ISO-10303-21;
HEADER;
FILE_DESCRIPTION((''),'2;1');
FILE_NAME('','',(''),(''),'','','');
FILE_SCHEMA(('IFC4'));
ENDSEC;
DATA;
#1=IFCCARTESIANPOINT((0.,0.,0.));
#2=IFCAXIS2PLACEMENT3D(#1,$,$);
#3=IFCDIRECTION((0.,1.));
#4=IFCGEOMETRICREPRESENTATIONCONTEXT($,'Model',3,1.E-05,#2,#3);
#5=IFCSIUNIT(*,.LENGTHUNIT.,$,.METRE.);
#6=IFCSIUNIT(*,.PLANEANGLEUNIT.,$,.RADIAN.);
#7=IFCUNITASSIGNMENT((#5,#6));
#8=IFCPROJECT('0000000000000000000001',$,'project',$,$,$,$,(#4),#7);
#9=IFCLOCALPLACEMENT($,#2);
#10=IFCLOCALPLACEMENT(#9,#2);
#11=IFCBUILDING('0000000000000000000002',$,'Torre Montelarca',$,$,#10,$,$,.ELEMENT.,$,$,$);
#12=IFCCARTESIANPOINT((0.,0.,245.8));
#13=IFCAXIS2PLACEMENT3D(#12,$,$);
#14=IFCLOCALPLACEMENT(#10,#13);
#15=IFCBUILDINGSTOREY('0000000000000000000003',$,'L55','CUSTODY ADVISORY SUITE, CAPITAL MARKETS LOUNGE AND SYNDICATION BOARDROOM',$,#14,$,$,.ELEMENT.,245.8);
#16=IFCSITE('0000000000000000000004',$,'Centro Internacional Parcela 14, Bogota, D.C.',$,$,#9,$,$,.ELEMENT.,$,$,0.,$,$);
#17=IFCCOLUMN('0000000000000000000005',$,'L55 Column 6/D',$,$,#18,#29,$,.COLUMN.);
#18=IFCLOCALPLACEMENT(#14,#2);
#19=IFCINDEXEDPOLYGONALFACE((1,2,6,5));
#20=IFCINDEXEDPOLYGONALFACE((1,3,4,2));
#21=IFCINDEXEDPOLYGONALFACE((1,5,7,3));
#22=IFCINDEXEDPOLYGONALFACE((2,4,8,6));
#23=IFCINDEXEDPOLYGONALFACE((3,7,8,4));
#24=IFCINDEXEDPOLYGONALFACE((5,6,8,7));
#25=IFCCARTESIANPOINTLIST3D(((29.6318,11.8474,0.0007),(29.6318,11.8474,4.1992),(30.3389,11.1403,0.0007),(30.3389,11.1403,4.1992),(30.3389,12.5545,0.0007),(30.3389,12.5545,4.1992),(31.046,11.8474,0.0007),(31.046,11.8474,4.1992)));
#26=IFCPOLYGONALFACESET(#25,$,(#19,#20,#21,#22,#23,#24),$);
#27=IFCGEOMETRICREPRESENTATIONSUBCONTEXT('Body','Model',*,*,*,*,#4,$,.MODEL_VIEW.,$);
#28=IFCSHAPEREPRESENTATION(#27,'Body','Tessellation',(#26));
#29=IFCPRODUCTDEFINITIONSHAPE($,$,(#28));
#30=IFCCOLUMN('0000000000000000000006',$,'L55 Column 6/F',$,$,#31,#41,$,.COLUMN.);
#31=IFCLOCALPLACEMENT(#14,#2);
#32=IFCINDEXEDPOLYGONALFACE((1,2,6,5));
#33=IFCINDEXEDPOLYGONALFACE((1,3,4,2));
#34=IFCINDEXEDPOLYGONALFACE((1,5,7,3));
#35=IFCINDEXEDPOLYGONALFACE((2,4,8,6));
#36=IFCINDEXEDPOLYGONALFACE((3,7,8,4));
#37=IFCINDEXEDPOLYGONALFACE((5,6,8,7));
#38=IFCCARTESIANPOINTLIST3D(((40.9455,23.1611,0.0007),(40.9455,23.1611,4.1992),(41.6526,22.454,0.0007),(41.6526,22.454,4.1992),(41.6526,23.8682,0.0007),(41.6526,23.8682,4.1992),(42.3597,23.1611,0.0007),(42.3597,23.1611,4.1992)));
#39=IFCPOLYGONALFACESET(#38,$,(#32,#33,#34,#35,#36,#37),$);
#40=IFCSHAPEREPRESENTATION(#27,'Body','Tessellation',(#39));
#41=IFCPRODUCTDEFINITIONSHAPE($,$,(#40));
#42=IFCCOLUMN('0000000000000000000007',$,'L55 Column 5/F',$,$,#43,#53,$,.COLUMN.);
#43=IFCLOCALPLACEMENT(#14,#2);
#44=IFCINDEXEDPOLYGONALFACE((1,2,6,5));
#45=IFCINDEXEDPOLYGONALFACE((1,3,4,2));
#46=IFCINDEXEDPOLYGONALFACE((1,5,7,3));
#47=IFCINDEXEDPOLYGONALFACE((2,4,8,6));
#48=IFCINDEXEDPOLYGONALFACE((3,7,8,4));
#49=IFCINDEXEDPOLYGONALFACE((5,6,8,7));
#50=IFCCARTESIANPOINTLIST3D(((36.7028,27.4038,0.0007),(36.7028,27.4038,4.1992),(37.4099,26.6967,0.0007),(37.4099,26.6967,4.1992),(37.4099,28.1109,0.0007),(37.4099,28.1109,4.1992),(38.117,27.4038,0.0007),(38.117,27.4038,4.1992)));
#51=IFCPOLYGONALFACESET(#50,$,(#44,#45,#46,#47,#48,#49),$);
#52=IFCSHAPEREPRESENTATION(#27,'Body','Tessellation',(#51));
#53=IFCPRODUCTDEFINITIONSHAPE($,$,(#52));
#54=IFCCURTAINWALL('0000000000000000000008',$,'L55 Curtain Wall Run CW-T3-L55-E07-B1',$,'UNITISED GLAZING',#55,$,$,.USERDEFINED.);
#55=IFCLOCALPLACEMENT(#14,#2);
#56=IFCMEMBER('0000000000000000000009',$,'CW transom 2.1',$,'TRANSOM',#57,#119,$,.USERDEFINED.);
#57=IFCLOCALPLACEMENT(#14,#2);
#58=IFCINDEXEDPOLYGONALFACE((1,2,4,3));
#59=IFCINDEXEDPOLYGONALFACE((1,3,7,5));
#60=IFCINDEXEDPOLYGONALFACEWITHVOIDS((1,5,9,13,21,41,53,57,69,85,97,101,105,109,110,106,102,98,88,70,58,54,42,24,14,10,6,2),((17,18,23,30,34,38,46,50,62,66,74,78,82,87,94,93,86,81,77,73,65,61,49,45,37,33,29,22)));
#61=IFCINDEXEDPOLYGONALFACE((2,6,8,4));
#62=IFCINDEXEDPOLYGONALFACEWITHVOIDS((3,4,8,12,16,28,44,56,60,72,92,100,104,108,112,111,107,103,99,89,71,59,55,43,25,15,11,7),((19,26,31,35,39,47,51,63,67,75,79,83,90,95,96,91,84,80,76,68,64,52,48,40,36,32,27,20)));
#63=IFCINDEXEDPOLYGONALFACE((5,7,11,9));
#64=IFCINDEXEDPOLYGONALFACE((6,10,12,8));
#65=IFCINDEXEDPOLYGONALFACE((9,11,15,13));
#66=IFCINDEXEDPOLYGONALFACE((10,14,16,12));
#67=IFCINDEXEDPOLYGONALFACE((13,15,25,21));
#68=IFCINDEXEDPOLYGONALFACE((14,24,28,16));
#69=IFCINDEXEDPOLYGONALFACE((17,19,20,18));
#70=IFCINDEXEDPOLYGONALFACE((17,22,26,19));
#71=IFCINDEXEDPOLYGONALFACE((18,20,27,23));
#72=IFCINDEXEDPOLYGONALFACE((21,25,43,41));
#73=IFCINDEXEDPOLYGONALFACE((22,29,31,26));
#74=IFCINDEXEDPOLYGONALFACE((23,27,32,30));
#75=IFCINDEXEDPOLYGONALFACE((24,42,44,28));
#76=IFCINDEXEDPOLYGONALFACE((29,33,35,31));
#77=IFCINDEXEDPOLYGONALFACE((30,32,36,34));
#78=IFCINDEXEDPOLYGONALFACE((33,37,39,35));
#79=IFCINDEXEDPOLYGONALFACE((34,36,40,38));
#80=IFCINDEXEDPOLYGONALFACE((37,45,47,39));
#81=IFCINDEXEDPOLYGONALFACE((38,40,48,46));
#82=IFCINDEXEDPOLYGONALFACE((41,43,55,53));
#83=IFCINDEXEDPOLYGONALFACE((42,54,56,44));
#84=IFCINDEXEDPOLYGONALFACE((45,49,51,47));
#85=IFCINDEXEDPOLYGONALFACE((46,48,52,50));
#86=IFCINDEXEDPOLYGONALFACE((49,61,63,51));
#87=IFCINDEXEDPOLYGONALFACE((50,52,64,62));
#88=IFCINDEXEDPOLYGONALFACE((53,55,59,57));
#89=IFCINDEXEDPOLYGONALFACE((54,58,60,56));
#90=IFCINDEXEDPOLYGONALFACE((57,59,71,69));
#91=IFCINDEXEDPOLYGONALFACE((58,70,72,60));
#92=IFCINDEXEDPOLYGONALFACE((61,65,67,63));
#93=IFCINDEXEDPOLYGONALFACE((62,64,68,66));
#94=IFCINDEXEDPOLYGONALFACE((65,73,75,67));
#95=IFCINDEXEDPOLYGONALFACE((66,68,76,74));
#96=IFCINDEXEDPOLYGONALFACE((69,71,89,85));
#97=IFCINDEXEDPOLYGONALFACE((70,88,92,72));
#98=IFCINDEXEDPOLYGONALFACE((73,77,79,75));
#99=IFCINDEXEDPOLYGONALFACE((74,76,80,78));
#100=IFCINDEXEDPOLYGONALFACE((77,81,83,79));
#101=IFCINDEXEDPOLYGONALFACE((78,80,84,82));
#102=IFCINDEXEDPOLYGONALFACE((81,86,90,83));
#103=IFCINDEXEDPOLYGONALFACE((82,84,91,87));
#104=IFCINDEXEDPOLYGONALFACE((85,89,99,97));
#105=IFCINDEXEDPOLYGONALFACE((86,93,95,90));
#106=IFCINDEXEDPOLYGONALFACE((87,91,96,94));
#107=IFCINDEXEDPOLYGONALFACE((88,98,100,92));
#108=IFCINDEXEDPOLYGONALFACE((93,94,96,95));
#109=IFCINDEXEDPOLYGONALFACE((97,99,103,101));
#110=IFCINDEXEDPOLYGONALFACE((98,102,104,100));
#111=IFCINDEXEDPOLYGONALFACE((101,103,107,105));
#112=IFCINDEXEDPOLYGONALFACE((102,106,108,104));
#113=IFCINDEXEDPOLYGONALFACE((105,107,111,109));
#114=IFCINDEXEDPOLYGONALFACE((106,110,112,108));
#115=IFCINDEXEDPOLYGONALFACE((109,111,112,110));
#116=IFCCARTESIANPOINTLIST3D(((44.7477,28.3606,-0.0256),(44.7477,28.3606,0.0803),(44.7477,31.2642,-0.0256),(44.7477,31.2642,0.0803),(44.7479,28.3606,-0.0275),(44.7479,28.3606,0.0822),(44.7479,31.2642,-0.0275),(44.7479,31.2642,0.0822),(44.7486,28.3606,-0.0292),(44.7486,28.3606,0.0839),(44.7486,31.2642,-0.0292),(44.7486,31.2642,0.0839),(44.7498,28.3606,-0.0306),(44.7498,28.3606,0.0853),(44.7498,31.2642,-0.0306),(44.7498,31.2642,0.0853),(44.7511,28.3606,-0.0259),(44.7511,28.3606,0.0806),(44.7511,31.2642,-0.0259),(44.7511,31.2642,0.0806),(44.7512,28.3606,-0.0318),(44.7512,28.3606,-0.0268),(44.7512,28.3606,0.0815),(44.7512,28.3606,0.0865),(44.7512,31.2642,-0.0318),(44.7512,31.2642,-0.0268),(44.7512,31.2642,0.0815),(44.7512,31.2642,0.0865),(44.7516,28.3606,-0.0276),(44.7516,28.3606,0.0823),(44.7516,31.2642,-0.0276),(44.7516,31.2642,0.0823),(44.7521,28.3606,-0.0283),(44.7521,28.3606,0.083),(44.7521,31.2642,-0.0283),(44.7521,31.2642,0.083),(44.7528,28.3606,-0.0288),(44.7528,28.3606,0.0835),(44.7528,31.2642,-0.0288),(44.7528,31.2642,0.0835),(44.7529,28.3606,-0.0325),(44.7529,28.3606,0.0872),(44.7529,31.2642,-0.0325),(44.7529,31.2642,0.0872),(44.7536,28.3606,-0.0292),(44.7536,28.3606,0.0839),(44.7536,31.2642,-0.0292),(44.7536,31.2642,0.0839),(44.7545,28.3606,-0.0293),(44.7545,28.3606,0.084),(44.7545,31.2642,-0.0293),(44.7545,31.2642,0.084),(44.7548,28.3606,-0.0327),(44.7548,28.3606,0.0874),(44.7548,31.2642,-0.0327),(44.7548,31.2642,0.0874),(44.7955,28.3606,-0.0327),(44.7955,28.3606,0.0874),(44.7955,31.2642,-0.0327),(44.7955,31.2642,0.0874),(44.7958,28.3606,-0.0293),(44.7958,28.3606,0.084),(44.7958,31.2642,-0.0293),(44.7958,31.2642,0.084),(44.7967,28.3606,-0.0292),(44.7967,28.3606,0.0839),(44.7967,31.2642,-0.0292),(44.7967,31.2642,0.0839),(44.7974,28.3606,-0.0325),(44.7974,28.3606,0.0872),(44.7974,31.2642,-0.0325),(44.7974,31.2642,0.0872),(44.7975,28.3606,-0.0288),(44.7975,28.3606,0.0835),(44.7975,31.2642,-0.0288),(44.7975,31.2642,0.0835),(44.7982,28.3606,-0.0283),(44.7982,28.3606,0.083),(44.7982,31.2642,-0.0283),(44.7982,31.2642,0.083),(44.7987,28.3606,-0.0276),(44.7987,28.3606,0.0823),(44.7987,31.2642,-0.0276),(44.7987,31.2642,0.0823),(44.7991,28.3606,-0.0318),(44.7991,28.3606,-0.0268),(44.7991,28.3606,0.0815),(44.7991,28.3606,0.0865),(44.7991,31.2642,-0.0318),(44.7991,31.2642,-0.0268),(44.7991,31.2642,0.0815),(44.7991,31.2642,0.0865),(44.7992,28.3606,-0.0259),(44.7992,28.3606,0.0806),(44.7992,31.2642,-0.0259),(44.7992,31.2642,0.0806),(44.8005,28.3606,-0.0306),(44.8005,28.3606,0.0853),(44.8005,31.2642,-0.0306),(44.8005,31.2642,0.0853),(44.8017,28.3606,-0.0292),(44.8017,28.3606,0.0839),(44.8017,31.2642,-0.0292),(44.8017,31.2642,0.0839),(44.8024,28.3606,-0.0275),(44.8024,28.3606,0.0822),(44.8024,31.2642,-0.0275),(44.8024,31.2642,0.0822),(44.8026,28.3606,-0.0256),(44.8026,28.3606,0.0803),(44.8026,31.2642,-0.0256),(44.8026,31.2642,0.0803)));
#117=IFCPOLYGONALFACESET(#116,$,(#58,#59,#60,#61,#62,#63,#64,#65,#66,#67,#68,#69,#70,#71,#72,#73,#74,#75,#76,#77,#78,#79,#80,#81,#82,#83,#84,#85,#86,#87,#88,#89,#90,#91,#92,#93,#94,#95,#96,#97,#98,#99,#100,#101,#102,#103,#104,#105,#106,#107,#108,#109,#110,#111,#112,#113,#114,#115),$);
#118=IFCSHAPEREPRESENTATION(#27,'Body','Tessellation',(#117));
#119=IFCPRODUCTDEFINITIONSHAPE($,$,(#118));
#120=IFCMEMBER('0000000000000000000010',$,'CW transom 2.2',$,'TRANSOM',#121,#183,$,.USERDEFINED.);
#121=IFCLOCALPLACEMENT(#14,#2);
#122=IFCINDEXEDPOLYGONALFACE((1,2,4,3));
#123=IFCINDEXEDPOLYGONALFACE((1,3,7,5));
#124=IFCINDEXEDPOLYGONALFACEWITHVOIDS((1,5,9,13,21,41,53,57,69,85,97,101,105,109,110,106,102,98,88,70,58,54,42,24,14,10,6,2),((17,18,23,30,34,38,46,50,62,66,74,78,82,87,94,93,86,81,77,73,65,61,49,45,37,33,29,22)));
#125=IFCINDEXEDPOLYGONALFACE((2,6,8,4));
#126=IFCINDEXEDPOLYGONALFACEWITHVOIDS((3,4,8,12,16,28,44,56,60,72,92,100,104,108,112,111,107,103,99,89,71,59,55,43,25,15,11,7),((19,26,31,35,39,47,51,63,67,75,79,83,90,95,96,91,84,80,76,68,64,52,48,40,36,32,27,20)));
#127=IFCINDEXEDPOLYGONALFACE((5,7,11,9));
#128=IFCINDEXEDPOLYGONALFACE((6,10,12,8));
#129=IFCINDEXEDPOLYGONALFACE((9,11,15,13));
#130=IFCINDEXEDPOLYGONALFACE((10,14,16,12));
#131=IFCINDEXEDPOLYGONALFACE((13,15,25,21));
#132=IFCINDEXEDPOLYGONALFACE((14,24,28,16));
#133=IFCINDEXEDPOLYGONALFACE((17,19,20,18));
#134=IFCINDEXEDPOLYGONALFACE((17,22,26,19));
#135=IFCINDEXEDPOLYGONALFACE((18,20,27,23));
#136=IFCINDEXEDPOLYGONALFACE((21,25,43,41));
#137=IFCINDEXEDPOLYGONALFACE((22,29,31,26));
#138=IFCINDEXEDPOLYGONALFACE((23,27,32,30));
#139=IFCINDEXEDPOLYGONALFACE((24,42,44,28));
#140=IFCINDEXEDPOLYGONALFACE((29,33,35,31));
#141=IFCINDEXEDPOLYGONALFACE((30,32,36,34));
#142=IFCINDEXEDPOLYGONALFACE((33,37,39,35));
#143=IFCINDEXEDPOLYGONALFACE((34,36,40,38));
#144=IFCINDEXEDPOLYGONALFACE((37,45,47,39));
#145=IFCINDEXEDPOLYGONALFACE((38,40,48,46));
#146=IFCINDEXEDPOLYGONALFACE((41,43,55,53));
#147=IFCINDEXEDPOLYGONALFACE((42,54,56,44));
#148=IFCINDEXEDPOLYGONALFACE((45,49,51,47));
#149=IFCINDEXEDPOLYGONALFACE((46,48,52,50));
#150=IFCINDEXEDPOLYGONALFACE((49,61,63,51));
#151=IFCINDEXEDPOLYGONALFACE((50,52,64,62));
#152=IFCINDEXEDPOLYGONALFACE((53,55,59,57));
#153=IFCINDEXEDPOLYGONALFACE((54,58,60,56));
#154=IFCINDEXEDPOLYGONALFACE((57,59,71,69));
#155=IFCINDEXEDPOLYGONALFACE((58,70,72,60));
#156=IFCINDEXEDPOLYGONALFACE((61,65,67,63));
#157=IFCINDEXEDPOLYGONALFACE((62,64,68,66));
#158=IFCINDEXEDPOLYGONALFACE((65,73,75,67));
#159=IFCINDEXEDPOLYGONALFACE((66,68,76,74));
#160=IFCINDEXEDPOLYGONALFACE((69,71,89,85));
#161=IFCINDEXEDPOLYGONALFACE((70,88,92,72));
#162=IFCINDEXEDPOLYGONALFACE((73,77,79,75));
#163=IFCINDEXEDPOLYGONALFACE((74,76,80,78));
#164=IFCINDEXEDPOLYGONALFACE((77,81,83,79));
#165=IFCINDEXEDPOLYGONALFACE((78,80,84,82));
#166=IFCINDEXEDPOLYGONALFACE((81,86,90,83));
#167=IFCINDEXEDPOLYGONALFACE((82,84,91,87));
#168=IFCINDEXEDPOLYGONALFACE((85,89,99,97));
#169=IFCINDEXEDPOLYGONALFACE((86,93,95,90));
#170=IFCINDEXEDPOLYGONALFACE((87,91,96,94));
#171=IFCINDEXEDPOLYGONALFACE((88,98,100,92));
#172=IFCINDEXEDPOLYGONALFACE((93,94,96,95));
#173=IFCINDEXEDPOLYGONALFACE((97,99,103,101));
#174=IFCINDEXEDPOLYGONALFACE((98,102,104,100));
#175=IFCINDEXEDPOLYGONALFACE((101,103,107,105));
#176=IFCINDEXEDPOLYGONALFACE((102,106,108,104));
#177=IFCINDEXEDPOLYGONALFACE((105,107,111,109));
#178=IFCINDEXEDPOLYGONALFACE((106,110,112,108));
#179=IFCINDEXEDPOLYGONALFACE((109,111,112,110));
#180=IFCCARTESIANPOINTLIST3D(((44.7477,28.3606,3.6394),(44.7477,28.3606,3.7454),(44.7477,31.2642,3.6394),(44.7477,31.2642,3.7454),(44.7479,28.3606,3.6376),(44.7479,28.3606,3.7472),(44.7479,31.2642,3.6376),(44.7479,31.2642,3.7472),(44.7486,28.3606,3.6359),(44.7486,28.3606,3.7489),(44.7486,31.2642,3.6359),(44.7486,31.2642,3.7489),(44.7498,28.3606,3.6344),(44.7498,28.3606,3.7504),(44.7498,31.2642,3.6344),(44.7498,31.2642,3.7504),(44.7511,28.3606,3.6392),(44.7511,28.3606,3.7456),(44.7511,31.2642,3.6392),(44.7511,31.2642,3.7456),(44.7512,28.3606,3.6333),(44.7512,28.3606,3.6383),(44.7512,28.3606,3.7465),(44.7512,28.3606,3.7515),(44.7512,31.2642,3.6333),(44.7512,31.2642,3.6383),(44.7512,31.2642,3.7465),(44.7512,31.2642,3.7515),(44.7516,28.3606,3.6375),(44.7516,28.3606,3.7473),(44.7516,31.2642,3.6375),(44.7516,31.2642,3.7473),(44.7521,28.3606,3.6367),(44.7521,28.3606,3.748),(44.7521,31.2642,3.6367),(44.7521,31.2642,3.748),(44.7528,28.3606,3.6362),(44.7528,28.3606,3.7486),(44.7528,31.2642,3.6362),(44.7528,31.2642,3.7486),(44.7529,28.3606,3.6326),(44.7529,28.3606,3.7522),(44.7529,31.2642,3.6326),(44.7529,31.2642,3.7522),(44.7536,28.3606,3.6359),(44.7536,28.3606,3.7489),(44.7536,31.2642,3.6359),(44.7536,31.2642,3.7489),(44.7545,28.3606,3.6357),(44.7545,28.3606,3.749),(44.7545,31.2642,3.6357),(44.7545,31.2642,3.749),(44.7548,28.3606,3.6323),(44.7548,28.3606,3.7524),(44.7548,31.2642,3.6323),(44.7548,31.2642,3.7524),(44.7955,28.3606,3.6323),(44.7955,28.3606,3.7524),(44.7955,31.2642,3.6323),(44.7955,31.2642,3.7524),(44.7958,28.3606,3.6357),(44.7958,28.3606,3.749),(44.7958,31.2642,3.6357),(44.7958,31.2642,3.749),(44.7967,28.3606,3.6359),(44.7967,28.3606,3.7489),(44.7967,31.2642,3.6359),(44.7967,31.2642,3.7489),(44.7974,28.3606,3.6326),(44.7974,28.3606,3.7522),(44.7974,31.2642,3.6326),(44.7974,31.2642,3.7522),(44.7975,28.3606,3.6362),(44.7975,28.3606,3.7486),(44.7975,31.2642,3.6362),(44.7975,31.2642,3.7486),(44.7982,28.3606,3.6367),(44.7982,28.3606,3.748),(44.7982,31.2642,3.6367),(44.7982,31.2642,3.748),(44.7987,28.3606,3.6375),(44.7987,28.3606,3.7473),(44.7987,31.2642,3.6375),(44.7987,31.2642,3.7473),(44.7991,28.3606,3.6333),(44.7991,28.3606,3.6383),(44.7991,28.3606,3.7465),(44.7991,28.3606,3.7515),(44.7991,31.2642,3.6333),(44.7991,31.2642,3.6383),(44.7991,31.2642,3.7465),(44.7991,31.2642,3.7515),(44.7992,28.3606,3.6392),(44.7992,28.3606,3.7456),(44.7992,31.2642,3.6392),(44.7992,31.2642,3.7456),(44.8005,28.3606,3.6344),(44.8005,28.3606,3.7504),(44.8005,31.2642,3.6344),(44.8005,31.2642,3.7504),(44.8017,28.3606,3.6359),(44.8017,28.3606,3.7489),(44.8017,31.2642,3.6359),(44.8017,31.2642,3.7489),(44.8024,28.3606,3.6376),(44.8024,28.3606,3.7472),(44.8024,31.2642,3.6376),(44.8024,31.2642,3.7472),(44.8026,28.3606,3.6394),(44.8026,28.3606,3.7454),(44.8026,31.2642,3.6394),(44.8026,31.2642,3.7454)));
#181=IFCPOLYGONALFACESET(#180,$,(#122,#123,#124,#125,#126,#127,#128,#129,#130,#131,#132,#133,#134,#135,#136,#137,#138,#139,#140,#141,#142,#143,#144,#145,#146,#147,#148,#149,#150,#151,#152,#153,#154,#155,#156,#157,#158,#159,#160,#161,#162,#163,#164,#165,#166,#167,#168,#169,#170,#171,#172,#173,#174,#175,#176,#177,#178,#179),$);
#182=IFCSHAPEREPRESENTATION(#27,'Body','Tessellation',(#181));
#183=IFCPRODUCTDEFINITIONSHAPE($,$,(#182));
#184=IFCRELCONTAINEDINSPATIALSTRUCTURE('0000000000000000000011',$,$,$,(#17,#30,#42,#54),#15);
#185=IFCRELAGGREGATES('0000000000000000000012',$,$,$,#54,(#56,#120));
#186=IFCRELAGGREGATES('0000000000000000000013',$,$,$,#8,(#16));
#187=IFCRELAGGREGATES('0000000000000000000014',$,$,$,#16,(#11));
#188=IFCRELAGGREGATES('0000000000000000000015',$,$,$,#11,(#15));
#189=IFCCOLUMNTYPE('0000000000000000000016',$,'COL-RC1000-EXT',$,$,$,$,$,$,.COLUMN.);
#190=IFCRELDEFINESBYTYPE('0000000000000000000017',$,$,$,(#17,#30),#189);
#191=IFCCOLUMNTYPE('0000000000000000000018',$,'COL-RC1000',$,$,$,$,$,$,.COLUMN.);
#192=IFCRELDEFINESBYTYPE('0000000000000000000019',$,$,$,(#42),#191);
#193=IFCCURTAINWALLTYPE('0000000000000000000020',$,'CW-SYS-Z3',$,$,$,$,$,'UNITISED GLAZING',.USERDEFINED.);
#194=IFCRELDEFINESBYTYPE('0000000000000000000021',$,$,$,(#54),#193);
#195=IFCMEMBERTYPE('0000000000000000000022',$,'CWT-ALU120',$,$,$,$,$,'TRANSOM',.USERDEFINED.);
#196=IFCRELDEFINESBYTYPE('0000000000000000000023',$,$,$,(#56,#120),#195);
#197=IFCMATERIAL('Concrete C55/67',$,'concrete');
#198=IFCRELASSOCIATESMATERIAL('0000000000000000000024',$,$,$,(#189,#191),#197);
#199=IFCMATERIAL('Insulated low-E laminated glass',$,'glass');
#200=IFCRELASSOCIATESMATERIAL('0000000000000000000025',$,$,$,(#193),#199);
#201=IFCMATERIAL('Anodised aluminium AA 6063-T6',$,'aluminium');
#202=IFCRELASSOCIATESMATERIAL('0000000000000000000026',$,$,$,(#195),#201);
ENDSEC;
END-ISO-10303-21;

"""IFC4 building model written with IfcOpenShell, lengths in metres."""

from ifc_helpers import new_model, si_unit, direction, frame, origin, origin_2d, place, context, subcontext, project, spatial, rectangle, hollow_rectangle, extrude, source, transform, mapped, material, material_profile, profile_set, type_object, element, aggregate, save


model = new_model("IFC4")

# Units and contexts
model_context = context("Model", 3, precision=1e-05, world=origin(), true_north=direction((0.0, 1.0)))
body_context = subcontext(model_context, "Body", "Model", "MODEL_VIEW")
ifc_project = project(units=[si_unit("LENGTHUNIT", "METRE"), si_unit("PLANEANGLEUNIT", "RADIAN")], contexts=[model_context])

# Site, building, storey
site_placement = place(None, origin())
site = spatial("IfcSite", under=ifc_project, at=site_placement, Name="Centro Internacional Parcela 14, Bogota, D.C.", CompositionType="ELEMENT", RefElevation=0.0)
building_placement = place(site_placement, origin())
building = spatial("IfcBuilding", under=site, at=building_placement, Name="Torre Montelarca", CompositionType="ELEMENT")
storey_placement = place(building_placement, frame((0.0, 0.0, 245.8)))
storey = spatial("IfcBuildingStorey", under=building, at=storey_placement, Name="L55", Description="CUSTODY ADVISORY SUITE, CAPITAL MARKETS LOUNGE AND SYNDICATION BOARDROOM", CompositionType="ELEMENT", Elevation=245.8)

# Columns
ifc_material_1 = material(Name="Concrete C55/67", Category="concrete")
ifc_material_profile_1 = material_profile(ifc_material_1, rectangle(XDim=1.0, YDim=1.0, at=origin_2d()), Name="RC1000X1000", Category="concrete")
ifc_profile_set_1 = profile_set([ifc_material_profile_1], Name="Concrete C55/67")
column_type_1 = type_object("IfcColumnType", Name="COL-RC1000-EXT", PredefinedType="COLUMN", material=ifc_profile_set_1)
shared_shape_1 = source(origin(), body_context, "Body", "SweptSolid", [
    extrude(rectangle(XDim=1.0, YDim=1.0, at=origin_2d()), origin(), (0.0, 0.0, 1.0), 4.1985),
])
for number, where, z_axis, x_axis, name in (
    (1, (30.3389, 11.8474, 0.0007), (0.0, 0.0, 1.0), (-0.707107, 0.707107, 0.0), "L55 Column 6/D"),
    (2, (41.6526, 23.1611, 0.0007), (0.0, 0.0, 1.0), (-0.707107, 0.707107, 0.0), "L55 Column 6/F"),
):
    element("IfcColumn", number, at=place(storey_placement, frame(where, z_axis=z_axis, x_axis=x_axis)), inside=storey, type_object=column_type_1, Name=name, PredefinedType="COLUMN", context=body_context, shape_type="MappedRepresentation", body=[
        mapped(shared_shape_1, transform((0.0, 0.0, 0.0), scale=1.0)),
    ])
ifc_material_profile_2 = material_profile(ifc_material_1, rectangle(XDim=1.0, YDim=1.0, at=origin_2d()), Name="RC1000X1000", Category="concrete")
ifc_profile_set_2 = profile_set([ifc_material_profile_2], Name="Concrete C55/67")
column_type_2 = type_object("IfcColumnType", Name="COL-RC1000", PredefinedType="COLUMN", material=ifc_profile_set_2)
shared_shape_2 = source(origin(), body_context, "Body", "SweptSolid", [
    extrude(rectangle(XDim=1.0, YDim=1.0, at=origin_2d()), origin(), (0.0, 0.0, 1.0), 4.1985),
])
column_placement = place(storey_placement, frame((37.4099, 27.4038, 0.0007), z_axis=(0.0, 0.0, 1.0), x_axis=(-0.707107, 0.707107, 0.0)))
element("IfcColumn", 3, at=column_placement, inside=storey, type_object=column_type_2, Name="L55 Column 5/F", PredefinedType="COLUMN", context=body_context, shape_type="MappedRepresentation", body=[
    mapped(shared_shape_2, transform((0.0, 0.0, 0.0), scale=1.0)),
])

# Curtain wall, members
ifc_material_2 = material(Name="Insulated low-E laminated glass", Category="glass")
curtain_wall_type = type_object("IfcCurtainWallType", Name="CW-SYS-Z3", ElementType="UNITISED GLAZING", PredefinedType="USERDEFINED", material=ifc_material_2)
curtain_wall_1_placement = place(storey_placement, origin())
curtain_wall_1 = element("IfcCurtainWall", 4, at=curtain_wall_1_placement, inside=storey, type_object=curtain_wall_type, Name="L55 Curtain Wall Run CW-T3-L55-E07-B1", ObjectType="UNITISED GLAZING", PredefinedType="USERDEFINED")
ifc_material_3 = material(Name="Anodised aluminium AA 6063-T6", Category="aluminium")
ifc_material_profile_3 = material_profile(ifc_material_3, hollow_rectangle(XDim=0.0549, YDim=0.1201, WallThickness=0.0034, InnerFilletRadius=0.0034, OuterFilletRadius=0.0071, at=origin_2d()), Name="ALU55X120X3.5", Category="aluminium")
ifc_profile_set_3 = profile_set([ifc_material_profile_3], Name="Anodised aluminium AA 6063-T6")
member_type_1 = type_object("IfcMemberType", Name="CWT-ALU120", ElementType="TRANSOM", PredefinedType="USERDEFINED", material=ifc_profile_set_3)
shared_shape_3 = source(origin(), body_context, "Body", "SweptSolid", [
    extrude(hollow_rectangle(XDim=0.0549, YDim=0.1201, WallThickness=0.0034, InnerFilletRadius=0.0034, OuterFilletRadius=0.0071, at=origin_2d()), origin(), (0.0, 0.0, 1.0), 2.9036),
])
member_1_placement = place(storey_placement, frame((44.7751, 28.3606, 0.0273), z_axis=(0.0, 1.0, 0.0), x_axis=(-1.0, 0.0, 0.0)))
member_1 = element("IfcMember", 5, at=member_1_placement, type_object=member_type_1, Name="CW transom 2.1", ObjectType="TRANSOM", PredefinedType="USERDEFINED", context=body_context, shape_type="MappedRepresentation", body=[
    mapped(shared_shape_3, transform((0.0, 0.0, 0.0), scale=1.0)),
])
member_2_placement = place(storey_placement, frame((44.7751, 28.3606, 3.6924), z_axis=(0.0, 1.0, 0.0), x_axis=(-1.0, 0.0, 0.0)))
member_2 = element("IfcMember", 6, at=member_2_placement, type_object=member_type_1, Name="CW transom 2.2", ObjectType="TRANSOM", PredefinedType="USERDEFINED", context=body_context, shape_type="MappedRepresentation", body=[
    mapped(shared_shape_3, transform((0.0, 0.0, 0.0), scale=1.0)),
])

aggregate(curtain_wall_1, [member_1, member_2])

save(model, "model.ifc")
